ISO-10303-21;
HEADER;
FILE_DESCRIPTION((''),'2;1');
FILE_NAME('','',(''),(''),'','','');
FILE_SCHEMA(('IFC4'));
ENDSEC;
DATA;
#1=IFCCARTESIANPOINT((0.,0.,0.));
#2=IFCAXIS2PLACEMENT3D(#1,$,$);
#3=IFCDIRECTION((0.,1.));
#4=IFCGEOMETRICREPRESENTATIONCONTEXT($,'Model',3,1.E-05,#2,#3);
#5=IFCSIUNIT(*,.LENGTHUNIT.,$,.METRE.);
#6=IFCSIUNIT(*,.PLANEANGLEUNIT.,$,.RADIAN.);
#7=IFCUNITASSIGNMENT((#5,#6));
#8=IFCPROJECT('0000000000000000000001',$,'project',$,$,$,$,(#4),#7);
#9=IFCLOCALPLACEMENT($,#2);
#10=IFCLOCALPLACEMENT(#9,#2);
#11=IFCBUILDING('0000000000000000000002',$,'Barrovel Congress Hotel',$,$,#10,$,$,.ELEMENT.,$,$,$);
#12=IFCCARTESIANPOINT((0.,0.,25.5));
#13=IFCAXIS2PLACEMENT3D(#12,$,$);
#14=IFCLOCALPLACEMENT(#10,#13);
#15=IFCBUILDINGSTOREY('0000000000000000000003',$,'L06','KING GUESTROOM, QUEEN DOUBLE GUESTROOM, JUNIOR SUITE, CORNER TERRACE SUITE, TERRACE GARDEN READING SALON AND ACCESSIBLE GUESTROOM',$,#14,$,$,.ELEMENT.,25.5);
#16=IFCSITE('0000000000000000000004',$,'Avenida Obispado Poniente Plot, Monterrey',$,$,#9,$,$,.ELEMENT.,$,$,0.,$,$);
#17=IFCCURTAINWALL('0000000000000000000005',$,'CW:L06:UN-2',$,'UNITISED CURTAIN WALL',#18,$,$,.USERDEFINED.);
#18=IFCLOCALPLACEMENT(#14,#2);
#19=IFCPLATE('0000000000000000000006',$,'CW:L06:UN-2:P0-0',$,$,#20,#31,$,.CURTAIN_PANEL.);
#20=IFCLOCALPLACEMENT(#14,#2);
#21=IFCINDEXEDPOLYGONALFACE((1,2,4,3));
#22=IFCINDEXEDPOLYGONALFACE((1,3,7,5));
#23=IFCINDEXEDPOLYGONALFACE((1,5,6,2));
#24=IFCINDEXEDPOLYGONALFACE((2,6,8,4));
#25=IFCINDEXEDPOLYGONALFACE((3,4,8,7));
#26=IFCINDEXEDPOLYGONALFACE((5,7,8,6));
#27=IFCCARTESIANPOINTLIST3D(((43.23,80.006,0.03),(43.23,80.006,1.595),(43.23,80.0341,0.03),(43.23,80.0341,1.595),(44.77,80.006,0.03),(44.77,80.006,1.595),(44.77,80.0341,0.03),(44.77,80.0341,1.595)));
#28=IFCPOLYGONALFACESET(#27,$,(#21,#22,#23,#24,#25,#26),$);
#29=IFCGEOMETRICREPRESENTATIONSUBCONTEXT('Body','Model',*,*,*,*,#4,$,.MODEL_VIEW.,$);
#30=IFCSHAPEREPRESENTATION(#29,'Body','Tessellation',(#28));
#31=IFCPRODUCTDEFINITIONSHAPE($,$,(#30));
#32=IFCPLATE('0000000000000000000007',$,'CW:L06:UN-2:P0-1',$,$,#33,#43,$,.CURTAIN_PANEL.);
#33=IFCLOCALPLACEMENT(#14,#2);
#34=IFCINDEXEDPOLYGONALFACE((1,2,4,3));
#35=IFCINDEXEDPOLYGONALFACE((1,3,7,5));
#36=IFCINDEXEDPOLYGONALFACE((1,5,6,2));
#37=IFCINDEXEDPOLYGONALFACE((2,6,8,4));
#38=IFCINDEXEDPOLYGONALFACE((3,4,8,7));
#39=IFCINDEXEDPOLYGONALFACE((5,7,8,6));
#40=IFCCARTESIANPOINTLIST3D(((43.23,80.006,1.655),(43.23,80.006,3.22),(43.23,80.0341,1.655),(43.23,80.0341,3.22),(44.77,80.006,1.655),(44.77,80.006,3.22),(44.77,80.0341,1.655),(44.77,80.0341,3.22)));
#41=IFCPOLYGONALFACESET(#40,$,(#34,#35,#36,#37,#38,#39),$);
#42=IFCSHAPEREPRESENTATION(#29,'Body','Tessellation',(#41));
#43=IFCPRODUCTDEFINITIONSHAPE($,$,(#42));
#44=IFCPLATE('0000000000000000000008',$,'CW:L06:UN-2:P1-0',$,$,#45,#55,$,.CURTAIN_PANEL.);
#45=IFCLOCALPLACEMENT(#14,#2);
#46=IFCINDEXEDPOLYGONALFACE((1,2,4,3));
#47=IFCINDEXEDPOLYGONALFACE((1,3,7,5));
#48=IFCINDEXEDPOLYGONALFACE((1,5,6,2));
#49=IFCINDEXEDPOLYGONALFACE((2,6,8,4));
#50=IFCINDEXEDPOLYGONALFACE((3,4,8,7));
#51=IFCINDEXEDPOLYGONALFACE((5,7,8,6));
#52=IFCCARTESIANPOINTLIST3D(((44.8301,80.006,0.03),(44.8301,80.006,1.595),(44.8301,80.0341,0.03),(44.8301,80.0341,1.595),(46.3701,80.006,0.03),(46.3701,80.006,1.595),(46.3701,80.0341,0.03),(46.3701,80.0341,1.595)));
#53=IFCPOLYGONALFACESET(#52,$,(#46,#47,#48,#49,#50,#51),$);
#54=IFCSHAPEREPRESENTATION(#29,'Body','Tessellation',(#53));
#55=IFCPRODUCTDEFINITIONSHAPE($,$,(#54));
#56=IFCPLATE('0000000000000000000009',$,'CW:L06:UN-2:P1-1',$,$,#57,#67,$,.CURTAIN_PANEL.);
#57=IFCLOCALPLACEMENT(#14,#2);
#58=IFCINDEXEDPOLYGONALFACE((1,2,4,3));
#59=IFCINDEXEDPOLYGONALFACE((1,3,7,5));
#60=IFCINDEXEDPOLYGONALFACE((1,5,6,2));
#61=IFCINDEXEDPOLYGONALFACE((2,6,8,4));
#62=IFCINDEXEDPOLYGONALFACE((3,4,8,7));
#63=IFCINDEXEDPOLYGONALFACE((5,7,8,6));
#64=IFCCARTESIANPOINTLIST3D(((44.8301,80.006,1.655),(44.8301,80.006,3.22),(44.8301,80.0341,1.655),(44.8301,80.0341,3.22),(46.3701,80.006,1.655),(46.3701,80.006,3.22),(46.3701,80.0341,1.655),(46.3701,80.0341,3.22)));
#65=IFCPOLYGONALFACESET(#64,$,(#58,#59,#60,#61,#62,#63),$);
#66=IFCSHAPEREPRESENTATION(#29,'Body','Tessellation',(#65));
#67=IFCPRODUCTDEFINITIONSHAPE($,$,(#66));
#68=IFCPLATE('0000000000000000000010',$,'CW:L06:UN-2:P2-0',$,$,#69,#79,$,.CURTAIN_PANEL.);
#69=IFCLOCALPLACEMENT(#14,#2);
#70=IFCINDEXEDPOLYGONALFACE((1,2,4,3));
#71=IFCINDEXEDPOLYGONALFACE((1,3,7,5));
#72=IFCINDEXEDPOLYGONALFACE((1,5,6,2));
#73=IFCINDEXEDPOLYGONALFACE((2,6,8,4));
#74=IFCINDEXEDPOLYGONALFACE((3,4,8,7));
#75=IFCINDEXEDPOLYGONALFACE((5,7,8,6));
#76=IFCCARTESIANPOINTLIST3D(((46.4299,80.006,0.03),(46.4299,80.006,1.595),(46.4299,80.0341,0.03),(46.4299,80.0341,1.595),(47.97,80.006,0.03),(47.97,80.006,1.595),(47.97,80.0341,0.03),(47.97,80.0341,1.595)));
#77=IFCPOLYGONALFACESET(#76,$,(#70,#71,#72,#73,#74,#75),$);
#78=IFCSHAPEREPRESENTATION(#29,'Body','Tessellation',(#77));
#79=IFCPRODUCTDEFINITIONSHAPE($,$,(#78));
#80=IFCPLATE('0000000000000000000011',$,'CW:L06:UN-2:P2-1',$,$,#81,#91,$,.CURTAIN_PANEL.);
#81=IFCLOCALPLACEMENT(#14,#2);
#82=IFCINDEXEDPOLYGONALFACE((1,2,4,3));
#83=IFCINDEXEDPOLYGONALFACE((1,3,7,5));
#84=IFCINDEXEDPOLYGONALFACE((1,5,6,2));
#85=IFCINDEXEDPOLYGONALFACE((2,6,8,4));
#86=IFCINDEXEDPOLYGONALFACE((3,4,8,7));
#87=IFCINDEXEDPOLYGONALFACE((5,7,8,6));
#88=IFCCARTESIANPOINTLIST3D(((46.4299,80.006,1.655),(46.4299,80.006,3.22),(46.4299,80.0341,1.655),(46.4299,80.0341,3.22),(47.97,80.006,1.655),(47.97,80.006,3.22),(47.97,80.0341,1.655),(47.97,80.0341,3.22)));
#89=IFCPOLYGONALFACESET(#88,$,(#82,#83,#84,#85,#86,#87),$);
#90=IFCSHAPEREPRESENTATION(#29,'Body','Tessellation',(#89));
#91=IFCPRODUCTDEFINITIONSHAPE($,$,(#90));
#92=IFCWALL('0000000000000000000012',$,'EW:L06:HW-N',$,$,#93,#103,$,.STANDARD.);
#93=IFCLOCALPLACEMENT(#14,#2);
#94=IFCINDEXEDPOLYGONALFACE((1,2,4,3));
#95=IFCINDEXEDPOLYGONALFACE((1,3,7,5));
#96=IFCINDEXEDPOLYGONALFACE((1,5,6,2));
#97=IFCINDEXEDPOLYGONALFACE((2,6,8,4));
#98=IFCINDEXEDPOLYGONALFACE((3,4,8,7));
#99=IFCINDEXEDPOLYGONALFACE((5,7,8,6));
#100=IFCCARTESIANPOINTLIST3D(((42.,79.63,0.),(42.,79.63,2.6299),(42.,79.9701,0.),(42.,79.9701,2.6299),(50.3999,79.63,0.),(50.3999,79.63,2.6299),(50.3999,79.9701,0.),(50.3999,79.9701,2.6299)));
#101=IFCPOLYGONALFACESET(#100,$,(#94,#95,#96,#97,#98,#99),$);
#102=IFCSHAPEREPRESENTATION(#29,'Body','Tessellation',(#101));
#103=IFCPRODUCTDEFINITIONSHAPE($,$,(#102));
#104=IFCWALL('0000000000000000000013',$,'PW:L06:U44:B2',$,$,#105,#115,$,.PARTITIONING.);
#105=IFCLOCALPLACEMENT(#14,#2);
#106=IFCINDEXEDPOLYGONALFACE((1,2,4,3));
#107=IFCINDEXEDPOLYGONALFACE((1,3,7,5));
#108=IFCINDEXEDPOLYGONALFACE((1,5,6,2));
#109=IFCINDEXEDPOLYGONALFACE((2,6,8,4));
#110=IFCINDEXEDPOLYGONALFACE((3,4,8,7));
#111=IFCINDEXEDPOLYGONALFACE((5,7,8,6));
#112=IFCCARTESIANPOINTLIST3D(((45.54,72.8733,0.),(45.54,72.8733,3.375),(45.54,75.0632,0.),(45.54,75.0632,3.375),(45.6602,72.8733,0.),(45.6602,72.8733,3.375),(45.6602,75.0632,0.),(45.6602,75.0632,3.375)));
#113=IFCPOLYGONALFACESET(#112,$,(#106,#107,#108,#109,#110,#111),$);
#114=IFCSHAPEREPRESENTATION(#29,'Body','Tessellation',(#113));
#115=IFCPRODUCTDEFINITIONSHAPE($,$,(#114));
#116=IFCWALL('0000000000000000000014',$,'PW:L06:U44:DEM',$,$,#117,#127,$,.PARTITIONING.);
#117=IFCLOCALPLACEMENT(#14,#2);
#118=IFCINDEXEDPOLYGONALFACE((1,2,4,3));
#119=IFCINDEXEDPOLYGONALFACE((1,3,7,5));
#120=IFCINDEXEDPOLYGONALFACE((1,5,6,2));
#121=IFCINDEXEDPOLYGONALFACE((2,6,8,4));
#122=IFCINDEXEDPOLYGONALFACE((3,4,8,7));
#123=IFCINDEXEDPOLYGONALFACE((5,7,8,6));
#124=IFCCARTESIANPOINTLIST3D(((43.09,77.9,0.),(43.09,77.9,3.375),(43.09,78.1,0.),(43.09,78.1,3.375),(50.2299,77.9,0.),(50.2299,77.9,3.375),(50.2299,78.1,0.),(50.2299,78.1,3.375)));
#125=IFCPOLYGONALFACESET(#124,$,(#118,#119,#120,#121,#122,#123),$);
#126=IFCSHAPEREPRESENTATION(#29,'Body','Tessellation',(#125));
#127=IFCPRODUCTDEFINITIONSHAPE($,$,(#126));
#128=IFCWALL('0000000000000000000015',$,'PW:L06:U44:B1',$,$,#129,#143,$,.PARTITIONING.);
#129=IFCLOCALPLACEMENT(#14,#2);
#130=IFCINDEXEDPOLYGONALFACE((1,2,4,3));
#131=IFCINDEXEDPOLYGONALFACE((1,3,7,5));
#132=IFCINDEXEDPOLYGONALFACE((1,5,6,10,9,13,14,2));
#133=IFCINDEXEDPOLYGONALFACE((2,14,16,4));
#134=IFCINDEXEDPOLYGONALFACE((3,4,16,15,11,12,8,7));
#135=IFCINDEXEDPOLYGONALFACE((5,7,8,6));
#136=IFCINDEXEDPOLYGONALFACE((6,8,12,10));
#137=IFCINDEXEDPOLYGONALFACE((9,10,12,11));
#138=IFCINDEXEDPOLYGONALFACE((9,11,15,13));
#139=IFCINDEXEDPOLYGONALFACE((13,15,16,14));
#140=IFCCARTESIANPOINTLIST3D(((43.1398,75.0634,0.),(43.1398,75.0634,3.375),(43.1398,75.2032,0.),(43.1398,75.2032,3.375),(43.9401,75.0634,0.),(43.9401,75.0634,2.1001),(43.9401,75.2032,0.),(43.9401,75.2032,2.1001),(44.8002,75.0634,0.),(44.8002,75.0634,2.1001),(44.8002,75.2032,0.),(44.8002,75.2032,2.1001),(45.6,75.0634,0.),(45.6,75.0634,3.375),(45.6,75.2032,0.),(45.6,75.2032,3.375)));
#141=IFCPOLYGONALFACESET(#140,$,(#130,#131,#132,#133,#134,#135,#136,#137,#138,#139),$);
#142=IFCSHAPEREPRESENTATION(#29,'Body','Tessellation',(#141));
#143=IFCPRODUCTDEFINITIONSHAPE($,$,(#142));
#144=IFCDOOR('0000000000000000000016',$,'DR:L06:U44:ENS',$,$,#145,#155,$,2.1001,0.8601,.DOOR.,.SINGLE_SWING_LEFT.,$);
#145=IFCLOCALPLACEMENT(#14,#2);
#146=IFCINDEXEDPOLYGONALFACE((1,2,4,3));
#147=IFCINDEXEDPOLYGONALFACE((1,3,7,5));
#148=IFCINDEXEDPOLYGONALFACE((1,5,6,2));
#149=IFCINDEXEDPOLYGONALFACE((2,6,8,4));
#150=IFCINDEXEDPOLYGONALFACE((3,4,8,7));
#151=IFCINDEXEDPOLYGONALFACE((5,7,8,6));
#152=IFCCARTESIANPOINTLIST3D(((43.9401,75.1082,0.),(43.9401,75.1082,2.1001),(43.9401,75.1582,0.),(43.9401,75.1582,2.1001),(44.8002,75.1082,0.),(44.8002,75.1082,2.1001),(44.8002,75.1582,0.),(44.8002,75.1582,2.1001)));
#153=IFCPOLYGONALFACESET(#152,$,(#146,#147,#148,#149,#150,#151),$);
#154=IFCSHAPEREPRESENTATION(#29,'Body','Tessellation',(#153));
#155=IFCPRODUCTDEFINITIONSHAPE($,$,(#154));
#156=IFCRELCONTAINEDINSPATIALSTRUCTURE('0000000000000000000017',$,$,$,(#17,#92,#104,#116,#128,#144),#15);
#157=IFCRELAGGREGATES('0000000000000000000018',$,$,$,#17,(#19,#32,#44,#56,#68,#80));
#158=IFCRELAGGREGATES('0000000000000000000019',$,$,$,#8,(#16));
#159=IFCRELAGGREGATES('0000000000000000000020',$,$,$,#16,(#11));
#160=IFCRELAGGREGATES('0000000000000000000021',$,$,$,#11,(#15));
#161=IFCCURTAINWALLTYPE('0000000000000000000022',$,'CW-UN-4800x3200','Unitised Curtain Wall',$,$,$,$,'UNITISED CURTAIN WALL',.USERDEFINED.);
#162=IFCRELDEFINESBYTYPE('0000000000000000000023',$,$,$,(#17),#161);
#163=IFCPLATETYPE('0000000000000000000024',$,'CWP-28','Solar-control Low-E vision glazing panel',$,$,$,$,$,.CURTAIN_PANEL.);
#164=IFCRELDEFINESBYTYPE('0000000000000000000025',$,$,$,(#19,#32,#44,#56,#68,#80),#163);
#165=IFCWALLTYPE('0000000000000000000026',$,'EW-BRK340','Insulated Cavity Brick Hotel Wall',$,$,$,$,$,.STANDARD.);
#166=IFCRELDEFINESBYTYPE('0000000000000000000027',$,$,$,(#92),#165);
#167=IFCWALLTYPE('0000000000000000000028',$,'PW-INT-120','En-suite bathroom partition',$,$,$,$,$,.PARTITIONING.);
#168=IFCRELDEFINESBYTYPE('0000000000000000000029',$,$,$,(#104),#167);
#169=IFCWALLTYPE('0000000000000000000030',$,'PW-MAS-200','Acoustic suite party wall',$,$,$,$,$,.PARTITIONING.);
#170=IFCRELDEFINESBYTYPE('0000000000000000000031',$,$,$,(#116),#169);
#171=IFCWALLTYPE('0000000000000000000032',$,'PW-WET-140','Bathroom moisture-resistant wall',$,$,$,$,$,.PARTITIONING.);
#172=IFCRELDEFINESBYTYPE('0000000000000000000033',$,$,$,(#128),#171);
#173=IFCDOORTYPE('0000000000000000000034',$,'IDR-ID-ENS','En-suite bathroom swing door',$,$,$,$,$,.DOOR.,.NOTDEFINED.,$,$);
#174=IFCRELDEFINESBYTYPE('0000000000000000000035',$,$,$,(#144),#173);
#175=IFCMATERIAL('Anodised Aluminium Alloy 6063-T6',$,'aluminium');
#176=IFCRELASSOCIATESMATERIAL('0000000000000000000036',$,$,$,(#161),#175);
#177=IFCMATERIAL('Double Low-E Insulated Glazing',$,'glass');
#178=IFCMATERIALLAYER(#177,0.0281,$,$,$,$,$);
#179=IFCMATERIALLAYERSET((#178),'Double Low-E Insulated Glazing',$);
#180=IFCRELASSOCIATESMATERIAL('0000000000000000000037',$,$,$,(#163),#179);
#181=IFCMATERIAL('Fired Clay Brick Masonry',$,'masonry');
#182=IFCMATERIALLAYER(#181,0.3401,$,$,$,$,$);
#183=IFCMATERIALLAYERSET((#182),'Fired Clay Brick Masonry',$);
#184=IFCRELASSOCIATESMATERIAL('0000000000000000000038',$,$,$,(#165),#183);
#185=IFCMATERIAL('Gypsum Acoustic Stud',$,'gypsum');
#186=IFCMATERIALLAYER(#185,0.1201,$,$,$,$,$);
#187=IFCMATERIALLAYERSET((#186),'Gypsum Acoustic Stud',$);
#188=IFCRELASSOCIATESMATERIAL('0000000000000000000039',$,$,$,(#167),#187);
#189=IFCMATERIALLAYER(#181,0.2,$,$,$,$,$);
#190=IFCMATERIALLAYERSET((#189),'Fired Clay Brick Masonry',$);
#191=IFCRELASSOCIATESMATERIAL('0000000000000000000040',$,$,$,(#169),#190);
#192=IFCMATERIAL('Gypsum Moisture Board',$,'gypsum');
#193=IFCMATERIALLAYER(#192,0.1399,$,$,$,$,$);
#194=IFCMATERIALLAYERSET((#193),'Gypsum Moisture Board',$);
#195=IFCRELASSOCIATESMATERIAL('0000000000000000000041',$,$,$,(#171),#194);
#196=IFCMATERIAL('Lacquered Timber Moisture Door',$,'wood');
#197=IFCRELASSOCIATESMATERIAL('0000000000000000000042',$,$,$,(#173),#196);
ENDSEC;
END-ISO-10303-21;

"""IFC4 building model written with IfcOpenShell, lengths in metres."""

from ifc_helpers import new_model, si_unit, direction, frame, frame_2d, origin, origin_2d, place, context, subcontext, project, spatial, rectangle, extrude, material, layer, layer_set, type_object, element, fill, aggregate, save


model = new_model("IFC4")

# Units and contexts
model_context = context("Model", 3, precision=1e-05, world=origin(), true_north=direction((0.0, 1.0)))
body_context = subcontext(model_context, "Body", "Model", "MODEL_VIEW")
ifc_project = project(units=[si_unit("LENGTHUNIT", "METRE"), si_unit("PLANEANGLEUNIT", "RADIAN")], contexts=[model_context])

# Site, building, storey
site_placement = place(None, origin())
site = spatial("IfcSite", under=ifc_project, at=site_placement, Name="Avenida Obispado Poniente Plot, Monterrey", CompositionType="ELEMENT", RefElevation=0.0)
building_placement = place(site_placement, origin())
building = spatial("IfcBuilding", under=site, at=building_placement, Name="Barrovel Congress Hotel", CompositionType="ELEMENT")
storey_placement = place(building_placement, frame((0.0, 0.0, 25.5)))
storey = spatial("IfcBuildingStorey", under=building, at=storey_placement, Name="L06", Description="KING GUESTROOM, QUEEN DOUBLE GUESTROOM, JUNIOR SUITE, CORNER TERRACE SUITE, TERRACE GARDEN READING SALON AND ACCESSIBLE GUESTROOM", CompositionType="ELEMENT", Elevation=25.5)

# Curtain wall
ifc_material_1 = material(Name="Anodised Aluminium Alloy 6063-T6", Category="aluminium")
curtain_wall_type = type_object("IfcCurtainWallType", Name="CW-UN-4800x3200", Description="Unitised Curtain Wall", ElementType="UNITISED CURTAIN WALL", PredefinedType="USERDEFINED", material=ifc_material_1)
curtain_wall_placement = place(storey_placement, origin())
curtain_wall = element("IfcCurtainWall", 1, at=curtain_wall_placement, inside=storey, type_object=curtain_wall_type, Name="CW:L06:UN-2", ObjectType="UNITISED CURTAIN WALL", PredefinedType="USERDEFINED")

# Plates
ifc_material_2 = material(Name="Double Low-E Insulated Glazing", Category="glass")
ifc_layer_1 = layer(ifc_material_2, 0.0281)
ifc_layer_set_1 = layer_set([ifc_layer_1], Name="Double Low-E Insulated Glazing")
plate_type = type_object("IfcPlateType", Name="CWP-28", Description="Solar-control Low-E vision glazing panel", PredefinedType="CURTAIN_PANEL", material=ifc_layer_set_1)
plate_1_placement = place(storey_placement, frame((44.0, 80.02, 0.03), z_axis=(0.0, 0.0, 1.0), x_axis=(1.0, 0.0, 0.0)))
plate_1 = element("IfcPlate", 2, at=plate_1_placement, type_object=plate_type, Name="CW:L06:UN-2:P0-0", PredefinedType="CURTAIN_PANEL", context=body_context, shape_type="SweptSolid", body=[
    extrude(rectangle(XDim=1.54, YDim=0.0281, at=origin_2d()), origin(), (0.0, 0.0, 1.0), 1.5649),
])
plate_2_placement = place(storey_placement, frame((44.0, 80.02, 1.655), z_axis=(0.0, 0.0, 1.0), x_axis=(1.0, 0.0, 0.0)))
plate_2 = element("IfcPlate", 3, at=plate_2_placement, type_object=plate_type, Name="CW:L06:UN-2:P0-1", PredefinedType="CURTAIN_PANEL", context=body_context, shape_type="SweptSolid", body=[
    extrude(rectangle(XDim=1.54, YDim=0.0281, at=origin_2d()), origin(), (0.0, 0.0, 1.0), 1.5649),
])
plate_3_placement = place(storey_placement, frame((45.6001, 80.02, 0.03), z_axis=(0.0, 0.0, 1.0), x_axis=(1.0, 0.0, 0.0)))
plate_3 = element("IfcPlate", 4, at=plate_3_placement, type_object=plate_type, Name="CW:L06:UN-2:P1-0", PredefinedType="CURTAIN_PANEL", context=body_context, shape_type="SweptSolid", body=[
    extrude(rectangle(XDim=1.54, YDim=0.0281, at=origin_2d()), origin(), (0.0, 0.0, 1.0), 1.5649),
])
plate_4_placement = place(storey_placement, frame((45.6001, 80.02, 1.655), z_axis=(0.0, 0.0, 1.0), x_axis=(1.0, 0.0, 0.0)))
plate_4 = element("IfcPlate", 5, at=plate_4_placement, type_object=plate_type, Name="CW:L06:UN-2:P1-1", PredefinedType="CURTAIN_PANEL", context=body_context, shape_type="SweptSolid", body=[
    extrude(rectangle(XDim=1.54, YDim=0.0281, at=origin_2d()), origin(), (0.0, 0.0, 1.0), 1.5649),
])
plate_5_placement = place(storey_placement, frame((47.2, 80.02, 0.03), z_axis=(0.0, 0.0, 1.0), x_axis=(1.0, 0.0, 0.0)))
plate_5 = element("IfcPlate", 6, at=plate_5_placement, type_object=plate_type, Name="CW:L06:UN-2:P2-0", PredefinedType="CURTAIN_PANEL", context=body_context, shape_type="SweptSolid", body=[
    extrude(rectangle(XDim=1.54, YDim=0.0281, at=origin_2d()), origin(), (0.0, 0.0, 1.0), 1.5649),
])
plate_6_placement = place(storey_placement, frame((47.2, 80.02, 1.655), z_axis=(0.0, 0.0, 1.0), x_axis=(1.0, 0.0, 0.0)))
plate_6 = element("IfcPlate", 7, at=plate_6_placement, type_object=plate_type, Name="CW:L06:UN-2:P2-1", PredefinedType="CURTAIN_PANEL", context=body_context, shape_type="SweptSolid", body=[
    extrude(rectangle(XDim=1.54, YDim=0.0281, at=origin_2d()), origin(), (0.0, 0.0, 1.0), 1.5649),
])
aggregate(curtain_wall, [plate_1, plate_2, plate_3, plate_4, plate_5, plate_6])

# Walls
ifc_material_3 = material(Name="Fired Clay Brick Masonry", Category="masonry")
ifc_layer_2 = layer(ifc_material_3, 0.3401)
ifc_layer_set_2 = layer_set([ifc_layer_2], Name="Fired Clay Brick Masonry")
wall_type_1 = type_object("IfcWallType", Name="EW-BRK340", Description="Insulated Cavity Brick Hotel Wall", PredefinedType="STANDARD", material=ifc_layer_set_2)
wall_1_placement = place(storey_placement, frame((50.3999, 79.8, 0.0), z_axis=(0.0, 0.0, 1.0), x_axis=(-1.0, 0.0, 0.0)))
element("IfcWall", 8, at=wall_1_placement, inside=storey, type_object=wall_type_1, Name="EW:L06:HW-N", PredefinedType="STANDARD", context=body_context, shape_type="SweptSolid", body=[
    extrude(rectangle(XDim=8.3999, YDim=0.3401, at=frame_2d((4.2, 0.0))), origin(), (0.0, 0.0, 1.0), 2.6299),
])
ifc_material_4 = material(Name="Gypsum Acoustic Stud", Category="gypsum")
ifc_layer_3 = layer(ifc_material_4, 0.1201)
ifc_layer_set_3 = layer_set([ifc_layer_3], Name="Gypsum Acoustic Stud")
wall_type_2 = type_object("IfcWallType", Name="PW-INT-120", Description="En-suite bathroom partition", PredefinedType="PARTITIONING", material=ifc_layer_set_3)
wall_2_placement = place(storey_placement, frame((45.6001, 72.8733, 0.0), z_axis=(0.0, 0.0, 1.0), x_axis=(0.0, 1.0, 0.0)))
element("IfcWall", 9, at=wall_2_placement, inside=storey, type_object=wall_type_2, Name="PW:L06:U44:B2", PredefinedType="PARTITIONING", context=body_context, shape_type="SweptSolid", body=[
    extrude(rectangle(XDim=2.1899, YDim=0.1201, at=frame_2d((1.095, 0.0))), origin(), (0.0, 0.0, 1.0), 3.375),
])
ifc_layer_4 = layer(ifc_material_3, 0.2)
ifc_layer_set_4 = layer_set([ifc_layer_4], Name="Fired Clay Brick Masonry")
wall_type_3 = type_object("IfcWallType", Name="PW-MAS-200", Description="Acoustic suite party wall", PredefinedType="PARTITIONING", material=ifc_layer_set_4)
wall_3_placement = place(storey_placement, frame((43.0901, 78.0, 0.0), z_axis=(0.0, 0.0, 1.0), x_axis=(1.0, 0.0, 0.0)))
element("IfcWall", 10, at=wall_3_placement, inside=storey, type_object=wall_type_3, Name="PW:L06:U44:DEM", PredefinedType="PARTITIONING", context=body_context, shape_type="SweptSolid", body=[
    extrude(rectangle(XDim=7.1399, YDim=0.2, at=frame_2d((3.5698, 0.0))), origin(), (0.0, 0.0, 1.0), 3.375),
])

# Wall, opening, door
ifc_material_5 = material(Name="Gypsum Moisture Board", Category="gypsum")
ifc_layer_5 = layer(ifc_material_5, 0.1399)
ifc_layer_set_5 = layer_set([ifc_layer_5], Name="Gypsum Moisture Board")
wall_type_4 = type_object("IfcWallType", Name="PW-WET-140", Description="Bathroom moisture-resistant wall", PredefinedType="PARTITIONING", material=ifc_layer_set_5)
wall_4_placement = place(storey_placement, frame((43.1399, 75.1333, 0.0), z_axis=(0.0, 0.0, 1.0), x_axis=(1.0, 0.0, 0.0)))
wall_4 = element("IfcWall", 11, at=wall_4_placement, inside=storey, type_object=wall_type_4, Name="PW:L06:U44:B1", PredefinedType="PARTITIONING", context=body_context, shape_type="SweptSolid", body=[
    extrude(rectangle(XDim=2.4602, YDim=0.1399, at=frame_2d((1.23, 0.0))), origin(), (0.0, 0.0, 1.0), 3.375),
])
opening_placement = place(wall_4_placement, frame((0.8, 0.0, 0.0)))
opening = element("IfcOpeningElement", 12, at=opening_placement, cuts=wall_4, PredefinedType="OPENING", context=body_context, shape_type="SweptSolid", body=[
    extrude(rectangle(XDim=0.8601, YDim=2.1001, at=frame_2d((0.4302, 1.05))), frame((0.0, 0.0801, 0.0), z_axis=(0.0, -1.0, 0.0), x_axis=(1.0, 0.0, 0.0)), (0.0, 0.0, 1.0), 0.1599),
])
ifc_material_6 = material(Name="Lacquered Timber Moisture Door", Category="wood")
door_type = type_object("IfcDoorType", Name="IDR-ID-ENS", Description="En-suite bathroom swing door", OperationType="NOTDEFINED", PredefinedType="DOOR", material=ifc_material_6)
door_placement = place(opening_placement, origin())
door = element("IfcDoor", 13, at=door_placement, inside=storey, type_object=door_type, Name="DR:L06:U44:ENS", OperationType="SINGLE_SWING_LEFT", OverallHeight=2.1001, OverallWidth=0.8601, PredefinedType="DOOR", context=body_context, shape_type="SweptSolid", body=[
    extrude(rectangle(XDim=0.8601, YDim=2.1001, at=frame_2d((0.4302, 1.05))), frame((0.0, 0.0249, 0.0), z_axis=(0.0, -1.0, 0.0), x_axis=(1.0, 0.0, 0.0)), (0.0, 0.0, 1.0), 0.05),
])
fill(opening, door)

save(model, "model.ifc")
